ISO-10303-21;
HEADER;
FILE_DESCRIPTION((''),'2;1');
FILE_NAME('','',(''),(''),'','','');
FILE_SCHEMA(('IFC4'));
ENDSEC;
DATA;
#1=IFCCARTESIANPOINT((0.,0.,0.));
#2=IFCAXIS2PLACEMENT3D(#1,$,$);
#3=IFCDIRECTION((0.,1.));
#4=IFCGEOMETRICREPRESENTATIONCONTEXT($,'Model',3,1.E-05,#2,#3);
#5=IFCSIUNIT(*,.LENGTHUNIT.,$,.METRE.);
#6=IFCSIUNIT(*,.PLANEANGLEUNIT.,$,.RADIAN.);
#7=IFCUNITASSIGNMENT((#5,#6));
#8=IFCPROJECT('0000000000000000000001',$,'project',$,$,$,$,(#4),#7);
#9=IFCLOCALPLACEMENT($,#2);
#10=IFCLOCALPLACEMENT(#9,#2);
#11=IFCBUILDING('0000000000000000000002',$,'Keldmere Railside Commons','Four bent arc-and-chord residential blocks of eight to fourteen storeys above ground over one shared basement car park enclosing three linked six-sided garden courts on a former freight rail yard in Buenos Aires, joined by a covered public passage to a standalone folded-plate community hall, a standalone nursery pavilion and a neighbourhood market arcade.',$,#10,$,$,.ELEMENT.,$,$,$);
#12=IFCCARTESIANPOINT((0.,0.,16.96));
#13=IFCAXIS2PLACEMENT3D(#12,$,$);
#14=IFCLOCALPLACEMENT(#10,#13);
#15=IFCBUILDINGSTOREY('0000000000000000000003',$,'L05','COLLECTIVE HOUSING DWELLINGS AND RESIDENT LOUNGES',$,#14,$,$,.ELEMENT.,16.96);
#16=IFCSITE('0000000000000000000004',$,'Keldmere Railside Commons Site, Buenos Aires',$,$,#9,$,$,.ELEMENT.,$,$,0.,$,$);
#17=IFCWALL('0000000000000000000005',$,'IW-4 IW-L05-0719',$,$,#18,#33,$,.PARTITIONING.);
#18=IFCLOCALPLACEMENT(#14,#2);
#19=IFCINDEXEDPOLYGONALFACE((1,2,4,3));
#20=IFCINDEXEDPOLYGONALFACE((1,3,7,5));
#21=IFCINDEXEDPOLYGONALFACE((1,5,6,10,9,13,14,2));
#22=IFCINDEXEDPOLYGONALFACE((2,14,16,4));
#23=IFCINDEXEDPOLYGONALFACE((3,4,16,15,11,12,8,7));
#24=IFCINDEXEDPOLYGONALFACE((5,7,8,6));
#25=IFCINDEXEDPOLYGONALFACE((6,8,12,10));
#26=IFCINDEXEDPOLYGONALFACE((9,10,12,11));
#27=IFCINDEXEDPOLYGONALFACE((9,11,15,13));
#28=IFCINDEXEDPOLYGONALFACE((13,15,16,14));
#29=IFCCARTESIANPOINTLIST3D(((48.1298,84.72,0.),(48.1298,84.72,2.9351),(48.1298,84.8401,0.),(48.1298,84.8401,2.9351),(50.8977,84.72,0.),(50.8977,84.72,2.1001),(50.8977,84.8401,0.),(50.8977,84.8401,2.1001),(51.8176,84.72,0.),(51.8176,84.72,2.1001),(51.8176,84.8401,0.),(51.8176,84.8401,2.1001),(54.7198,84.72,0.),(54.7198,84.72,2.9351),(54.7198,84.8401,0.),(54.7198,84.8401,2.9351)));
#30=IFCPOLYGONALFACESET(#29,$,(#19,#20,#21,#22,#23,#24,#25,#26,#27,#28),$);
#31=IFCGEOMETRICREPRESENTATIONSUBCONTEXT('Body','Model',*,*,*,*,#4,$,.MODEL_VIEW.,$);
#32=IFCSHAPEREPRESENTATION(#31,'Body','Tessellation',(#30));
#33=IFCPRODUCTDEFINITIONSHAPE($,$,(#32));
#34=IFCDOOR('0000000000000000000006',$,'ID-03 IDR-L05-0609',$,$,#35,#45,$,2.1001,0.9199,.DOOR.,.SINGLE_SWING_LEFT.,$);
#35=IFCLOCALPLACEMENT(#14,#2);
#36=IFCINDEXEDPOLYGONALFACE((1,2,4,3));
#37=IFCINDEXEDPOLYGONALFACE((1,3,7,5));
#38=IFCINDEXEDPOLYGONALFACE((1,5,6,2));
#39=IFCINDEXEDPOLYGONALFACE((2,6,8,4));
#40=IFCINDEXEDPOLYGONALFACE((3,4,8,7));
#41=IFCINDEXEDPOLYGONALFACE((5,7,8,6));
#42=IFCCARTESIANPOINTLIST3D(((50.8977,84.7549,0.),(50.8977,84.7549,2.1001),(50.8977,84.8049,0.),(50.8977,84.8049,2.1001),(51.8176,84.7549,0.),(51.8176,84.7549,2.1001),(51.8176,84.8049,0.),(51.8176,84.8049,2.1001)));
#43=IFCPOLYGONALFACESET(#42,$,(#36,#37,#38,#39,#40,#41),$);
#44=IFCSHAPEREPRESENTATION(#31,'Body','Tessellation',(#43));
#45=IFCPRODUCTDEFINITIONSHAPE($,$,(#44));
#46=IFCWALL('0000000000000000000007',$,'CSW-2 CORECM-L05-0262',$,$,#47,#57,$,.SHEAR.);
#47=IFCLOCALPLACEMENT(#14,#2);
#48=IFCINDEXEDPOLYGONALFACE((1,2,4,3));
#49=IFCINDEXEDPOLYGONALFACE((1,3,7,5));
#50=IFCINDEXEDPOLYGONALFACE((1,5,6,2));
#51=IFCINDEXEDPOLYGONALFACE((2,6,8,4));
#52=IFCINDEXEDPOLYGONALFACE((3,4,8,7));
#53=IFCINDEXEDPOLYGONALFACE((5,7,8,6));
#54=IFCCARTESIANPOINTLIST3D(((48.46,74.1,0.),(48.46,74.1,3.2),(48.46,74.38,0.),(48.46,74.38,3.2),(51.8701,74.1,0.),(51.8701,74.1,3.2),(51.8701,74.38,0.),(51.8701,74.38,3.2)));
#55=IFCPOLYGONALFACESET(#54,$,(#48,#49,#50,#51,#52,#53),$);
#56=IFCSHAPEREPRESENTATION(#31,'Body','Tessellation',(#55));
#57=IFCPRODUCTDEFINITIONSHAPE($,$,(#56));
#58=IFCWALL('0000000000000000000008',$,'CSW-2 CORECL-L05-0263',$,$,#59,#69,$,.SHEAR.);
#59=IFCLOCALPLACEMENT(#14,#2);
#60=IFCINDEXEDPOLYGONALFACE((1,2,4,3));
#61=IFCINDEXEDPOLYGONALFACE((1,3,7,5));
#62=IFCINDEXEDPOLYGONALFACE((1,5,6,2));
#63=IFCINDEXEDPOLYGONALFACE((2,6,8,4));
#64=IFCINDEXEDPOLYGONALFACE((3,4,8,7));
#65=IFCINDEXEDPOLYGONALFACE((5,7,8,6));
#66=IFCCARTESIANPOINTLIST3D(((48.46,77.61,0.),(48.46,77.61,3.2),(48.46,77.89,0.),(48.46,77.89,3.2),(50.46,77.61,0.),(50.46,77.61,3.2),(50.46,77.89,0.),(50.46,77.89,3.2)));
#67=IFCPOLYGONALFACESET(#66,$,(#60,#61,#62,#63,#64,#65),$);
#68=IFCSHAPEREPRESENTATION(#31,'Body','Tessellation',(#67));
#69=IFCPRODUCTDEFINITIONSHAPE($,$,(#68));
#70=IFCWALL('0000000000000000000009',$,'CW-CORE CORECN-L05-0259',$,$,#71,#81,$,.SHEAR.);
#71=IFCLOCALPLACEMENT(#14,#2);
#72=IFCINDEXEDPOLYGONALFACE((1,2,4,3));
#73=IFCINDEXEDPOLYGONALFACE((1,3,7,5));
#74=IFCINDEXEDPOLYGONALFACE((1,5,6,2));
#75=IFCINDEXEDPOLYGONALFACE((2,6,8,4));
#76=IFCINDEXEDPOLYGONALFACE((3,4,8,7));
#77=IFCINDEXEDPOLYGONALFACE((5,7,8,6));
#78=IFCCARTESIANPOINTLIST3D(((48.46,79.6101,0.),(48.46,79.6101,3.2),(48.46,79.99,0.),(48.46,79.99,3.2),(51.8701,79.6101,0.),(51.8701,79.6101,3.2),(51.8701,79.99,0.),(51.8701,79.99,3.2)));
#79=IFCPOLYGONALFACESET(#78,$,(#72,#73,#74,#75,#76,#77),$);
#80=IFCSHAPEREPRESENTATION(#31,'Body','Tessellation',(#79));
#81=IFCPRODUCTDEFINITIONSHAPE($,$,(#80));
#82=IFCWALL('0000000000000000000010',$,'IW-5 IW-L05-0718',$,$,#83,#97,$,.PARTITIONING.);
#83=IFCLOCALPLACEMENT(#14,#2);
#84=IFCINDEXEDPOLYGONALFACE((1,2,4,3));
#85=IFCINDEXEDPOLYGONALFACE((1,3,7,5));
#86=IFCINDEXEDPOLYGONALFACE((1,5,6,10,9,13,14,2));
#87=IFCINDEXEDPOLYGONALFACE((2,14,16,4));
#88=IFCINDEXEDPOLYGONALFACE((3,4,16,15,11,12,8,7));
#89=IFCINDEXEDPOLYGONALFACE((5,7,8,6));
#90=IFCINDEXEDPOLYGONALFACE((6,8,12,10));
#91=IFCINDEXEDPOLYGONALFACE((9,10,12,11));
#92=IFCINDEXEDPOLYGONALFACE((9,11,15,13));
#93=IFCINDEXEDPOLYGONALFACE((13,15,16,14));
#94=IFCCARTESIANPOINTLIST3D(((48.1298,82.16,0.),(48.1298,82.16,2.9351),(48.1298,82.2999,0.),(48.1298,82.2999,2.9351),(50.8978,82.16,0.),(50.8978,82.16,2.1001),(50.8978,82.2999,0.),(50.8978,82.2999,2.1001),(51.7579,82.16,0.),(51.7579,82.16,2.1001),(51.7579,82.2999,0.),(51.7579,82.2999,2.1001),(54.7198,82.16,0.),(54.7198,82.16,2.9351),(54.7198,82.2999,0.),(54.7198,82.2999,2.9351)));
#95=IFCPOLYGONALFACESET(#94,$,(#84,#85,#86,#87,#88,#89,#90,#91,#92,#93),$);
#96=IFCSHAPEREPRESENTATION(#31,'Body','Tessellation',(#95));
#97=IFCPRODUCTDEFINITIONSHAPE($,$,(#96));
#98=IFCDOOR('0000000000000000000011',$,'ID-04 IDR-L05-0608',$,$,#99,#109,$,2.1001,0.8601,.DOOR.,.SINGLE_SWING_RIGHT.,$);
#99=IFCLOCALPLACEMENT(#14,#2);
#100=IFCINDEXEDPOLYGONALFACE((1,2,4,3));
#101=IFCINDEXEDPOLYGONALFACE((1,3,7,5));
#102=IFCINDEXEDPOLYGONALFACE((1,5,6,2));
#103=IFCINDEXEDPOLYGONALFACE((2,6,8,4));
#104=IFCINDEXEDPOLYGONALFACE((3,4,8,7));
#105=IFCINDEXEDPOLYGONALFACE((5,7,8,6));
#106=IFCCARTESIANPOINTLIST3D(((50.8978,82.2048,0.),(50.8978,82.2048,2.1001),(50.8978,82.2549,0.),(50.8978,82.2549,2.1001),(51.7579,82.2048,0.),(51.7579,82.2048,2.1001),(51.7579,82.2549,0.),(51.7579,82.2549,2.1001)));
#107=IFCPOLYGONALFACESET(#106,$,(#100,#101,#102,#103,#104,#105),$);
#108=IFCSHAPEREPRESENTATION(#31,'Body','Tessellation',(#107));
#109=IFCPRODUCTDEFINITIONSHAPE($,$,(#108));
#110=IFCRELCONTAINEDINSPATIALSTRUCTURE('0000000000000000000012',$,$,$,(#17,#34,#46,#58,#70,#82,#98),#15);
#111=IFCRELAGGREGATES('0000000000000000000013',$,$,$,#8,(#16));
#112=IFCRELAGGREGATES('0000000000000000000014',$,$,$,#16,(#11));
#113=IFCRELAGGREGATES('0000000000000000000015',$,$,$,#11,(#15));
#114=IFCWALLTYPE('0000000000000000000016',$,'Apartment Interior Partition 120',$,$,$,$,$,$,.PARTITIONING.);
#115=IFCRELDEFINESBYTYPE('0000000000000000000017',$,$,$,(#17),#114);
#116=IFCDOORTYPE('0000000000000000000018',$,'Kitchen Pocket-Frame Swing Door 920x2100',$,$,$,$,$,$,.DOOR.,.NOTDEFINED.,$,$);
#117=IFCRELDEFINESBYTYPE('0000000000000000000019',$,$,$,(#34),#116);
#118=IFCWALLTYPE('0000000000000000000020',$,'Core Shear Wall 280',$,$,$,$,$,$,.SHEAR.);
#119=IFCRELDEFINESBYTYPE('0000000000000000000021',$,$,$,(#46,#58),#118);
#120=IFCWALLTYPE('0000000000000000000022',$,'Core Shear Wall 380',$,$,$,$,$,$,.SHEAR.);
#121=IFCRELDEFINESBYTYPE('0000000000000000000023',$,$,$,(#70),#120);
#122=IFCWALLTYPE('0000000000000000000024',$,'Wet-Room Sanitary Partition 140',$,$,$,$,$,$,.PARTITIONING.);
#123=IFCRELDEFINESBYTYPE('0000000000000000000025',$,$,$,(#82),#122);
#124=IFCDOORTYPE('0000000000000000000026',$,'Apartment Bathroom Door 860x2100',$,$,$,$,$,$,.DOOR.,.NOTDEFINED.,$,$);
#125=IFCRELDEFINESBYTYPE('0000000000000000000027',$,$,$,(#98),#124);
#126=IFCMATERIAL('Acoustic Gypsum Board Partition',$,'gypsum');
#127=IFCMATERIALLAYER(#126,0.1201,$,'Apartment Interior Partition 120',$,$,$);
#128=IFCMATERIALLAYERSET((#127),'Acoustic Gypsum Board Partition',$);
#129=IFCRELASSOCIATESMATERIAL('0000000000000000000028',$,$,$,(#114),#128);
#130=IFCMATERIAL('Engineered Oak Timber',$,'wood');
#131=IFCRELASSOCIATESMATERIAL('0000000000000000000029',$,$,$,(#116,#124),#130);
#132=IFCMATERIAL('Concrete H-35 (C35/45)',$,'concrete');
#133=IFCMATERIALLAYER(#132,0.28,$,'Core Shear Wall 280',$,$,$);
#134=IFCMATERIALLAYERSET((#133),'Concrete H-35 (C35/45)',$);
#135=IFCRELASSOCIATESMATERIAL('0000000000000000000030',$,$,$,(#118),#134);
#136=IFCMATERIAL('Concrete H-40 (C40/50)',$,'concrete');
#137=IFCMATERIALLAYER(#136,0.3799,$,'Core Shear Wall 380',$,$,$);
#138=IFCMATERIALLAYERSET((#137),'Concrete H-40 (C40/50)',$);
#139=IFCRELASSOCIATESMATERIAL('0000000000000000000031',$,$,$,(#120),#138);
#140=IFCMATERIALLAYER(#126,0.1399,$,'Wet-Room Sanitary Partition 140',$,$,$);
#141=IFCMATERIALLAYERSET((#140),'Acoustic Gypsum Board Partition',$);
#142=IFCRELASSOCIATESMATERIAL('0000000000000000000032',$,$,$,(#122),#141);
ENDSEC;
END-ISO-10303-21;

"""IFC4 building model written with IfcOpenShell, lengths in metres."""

from ifc_helpers import new_model, si_unit, direction, frame, frame_2d, origin, place, context, subcontext, project, spatial, rectangle, extrude, material, layer, layer_set, type_object, element, fill, save


model = new_model("IFC4")

# Units and contexts
model_context = context("Model", 3, precision=1e-05, world=origin(), true_north=direction((0.0, 1.0)))
body_context = subcontext(model_context, "Body", "Model", "MODEL_VIEW")
ifc_project = project(units=[si_unit("LENGTHUNIT", "METRE"), si_unit("PLANEANGLEUNIT", "RADIAN")], contexts=[model_context])

# Site, building, storey
site_placement = place(None, origin())
site = spatial("IfcSite", under=ifc_project, at=site_placement, Name="Keldmere Railside Commons Site, Buenos Aires", CompositionType="ELEMENT", RefElevation=0.0)
building_placement = place(site_placement, origin())
building = spatial("IfcBuilding", under=site, at=building_placement, Name="Keldmere Railside Commons", Description="Four bent arc-and-chord residential blocks of eight to fourteen storeys above ground over one shared basement car park enclosing three linked six-sided garden courts on a former freight rail yard in Buenos Aires, joined by a covered public passage to a standalone folded-plate community hall, a standalone nursery pavilion and a neighbourhood market arcade.", CompositionType="ELEMENT")
storey_placement = place(building_placement, frame((0.0, 0.0, 16.96)))
storey = spatial("IfcBuildingStorey", under=building, at=storey_placement, Name="L05", Description="COLLECTIVE HOUSING DWELLINGS AND RESIDENT LOUNGES", CompositionType="ELEMENT", Elevation=16.96)

# Wall, opening, door
ifc_material_1 = material(Name="Acoustic Gypsum Board Partition", Category="gypsum")
ifc_layer_1 = layer(ifc_material_1, 0.1201, Name="Apartment Interior Partition 120")
ifc_layer_set_1 = layer_set([ifc_layer_1], Name="Acoustic Gypsum Board Partition")
wall_type_1 = type_object("IfcWallType", Name="Apartment Interior Partition 120", PredefinedType="PARTITIONING", material=ifc_layer_set_1)
wall_1_placement = place(storey_placement, frame((48.1299, 84.78, 0.0), z_axis=(0.0, 0.0, 1.0), x_axis=(1.0, 0.0, 0.0)))
wall_1 = element("IfcWall", 1, at=wall_1_placement, inside=storey, type_object=wall_type_1, Name="IW-4 IW-L05-0719", PredefinedType="PARTITIONING", context=body_context, shape_type="SweptSolid", body=[
    extrude(rectangle(XDim=6.5901, YDim=0.1201, at=frame_2d((3.2949, 0.0))), origin(), (0.0, 0.0, 1.0), 2.9351),
])
opening_1_placement = place(wall_1_placement, frame((2.7678, 0.0, 0.0)))
opening_1 = element("IfcOpeningElement", 2, at=opening_1_placement, cuts=wall_1, PredefinedType="OPENING", context=body_context, shape_type="SweptSolid", body=[
    extrude(rectangle(XDim=0.9199, YDim=2.1001, at=frame_2d((0.46, 1.05))), frame((0.0, 0.0701, 0.0), z_axis=(0.0, -1.0, 0.0), x_axis=(1.0, 0.0, 0.0)), (0.0, 0.0, 1.0), 0.1401),
])
ifc_material_2 = material(Name="Engineered Oak Timber", Category="wood")
door_type_1 = type_object("IfcDoorType", Name="Kitchen Pocket-Frame Swing Door 920x2100", OperationType="NOTDEFINED", PredefinedType="DOOR", material=ifc_material_2)
door_1_placement = place(opening_1_placement, origin())
door_1 = element("IfcDoor", 3, at=door_1_placement, inside=storey, type_object=door_type_1, Name="ID-03 IDR-L05-0609", OperationType="SINGLE_SWING_LEFT", OverallHeight=2.1001, OverallWidth=0.9199, PredefinedType="DOOR", context=body_context, shape_type="SweptSolid", body=[
    extrude(rectangle(XDim=0.9199, YDim=2.1001, at=frame_2d((0.46, 1.05))), frame((0.0, 0.0249, 0.0), z_axis=(0.0, -1.0, 0.0), x_axis=(1.0, 0.0, 0.0)), (0.0, 0.0, 1.0), 0.05),
])
fill(opening_1, door_1)

# Walls
ifc_material_3 = material(Name="Concrete H-35 (C35/45)", Category="concrete")
ifc_layer_2 = layer(ifc_material_3, 0.28, Name="Core Shear Wall 280")
ifc_layer_set_2 = layer_set([ifc_layer_2], Name="Concrete H-35 (C35/45)")
wall_type_2 = type_object("IfcWallType", Name="Core Shear Wall 280", PredefinedType="SHEAR", material=ifc_layer_set_2)
wall_2_placement = place(storey_placement, frame((48.46, 74.24, 0.0), z_axis=(0.0, 0.0, 1.0), x_axis=(1.0, 0.0, 0.0)))
element("IfcWall", 4, at=wall_2_placement, inside=storey, type_object=wall_type_2, Name="CSW-2 CORECM-L05-0262", PredefinedType="SHEAR", context=body_context, shape_type="SweptSolid", body=[
    extrude(rectangle(XDim=3.4102, YDim=0.28, at=frame_2d((1.7051, 0.0))), origin(), (0.0, 0.0, 1.0), 3.2),
])
wall_3_placement = place(storey_placement, frame((48.46, 77.75, 0.0), z_axis=(0.0, 0.0, 1.0), x_axis=(1.0, 0.0, 0.0)))
element("IfcWall", 5, at=wall_3_placement, inside=storey, type_object=wall_type_2, Name="CSW-2 CORECL-L05-0263", PredefinedType="SHEAR", context=body_context, shape_type="SweptSolid", body=[
    extrude(rectangle(XDim=2.0, YDim=0.28, at=frame_2d((1.0, 0.0))), origin(), (0.0, 0.0, 1.0), 3.2),
])

# Wall
ifc_material_4 = material(Name="Concrete H-40 (C40/50)", Category="concrete")
ifc_layer_3 = layer(ifc_material_4, 0.3799, Name="Core Shear Wall 380")
ifc_layer_set_3 = layer_set([ifc_layer_3], Name="Concrete H-40 (C40/50)")
wall_type_3 = type_object("IfcWallType", Name="Core Shear Wall 380", PredefinedType="SHEAR", material=ifc_layer_set_3)
wall_4_placement = place(storey_placement, frame((48.46, 79.8, 0.0), z_axis=(0.0, 0.0, 1.0), x_axis=(1.0, 0.0, 0.0)))
element("IfcWall", 6, at=wall_4_placement, inside=storey, type_object=wall_type_3, Name="CW-CORE CORECN-L05-0259", PredefinedType="SHEAR", context=body_context, shape_type="SweptSolid", body=[
    extrude(rectangle(XDim=3.4102, YDim=0.3799, at=frame_2d((1.7051, 0.0))), origin(), (0.0, 0.0, 1.0), 3.2),
])

# Wall, opening, door
ifc_layer_4 = layer(ifc_material_1, 0.1399, Name="Wet-Room Sanitary Partition 140")
ifc_layer_set_4 = layer_set([ifc_layer_4], Name="Acoustic Gypsum Board Partition")
wall_type_4 = type_object("IfcWallType", Name="Wet-Room Sanitary Partition 140", PredefinedType="PARTITIONING", material=ifc_layer_set_4)
wall_5_placement = place(storey_placement, frame((48.1299, 82.23, 0.0), z_axis=(0.0, 0.0, 1.0), x_axis=(1.0, 0.0, 0.0)))
wall_5 = element("IfcWall", 7, at=wall_5_placement, inside=storey, type_object=wall_type_4, Name="IW-5 IW-L05-0718", PredefinedType="PARTITIONING", context=body_context, shape_type="SweptSolid", body=[
    extrude(rectangle(XDim=6.5901, YDim=0.1399, at=frame_2d((3.2949, 0.0))), origin(), (0.0, 0.0, 1.0), 2.9351),
])
opening_2_placement = place(wall_5_placement, frame((2.7678, 0.0, 0.0)))
opening_2 = element("IfcOpeningElement", 8, at=opening_2_placement, cuts=wall_5, PredefinedType="OPENING", context=body_context, shape_type="SweptSolid", body=[
    extrude(rectangle(XDim=0.8601, YDim=2.1001, at=frame_2d((0.4302, 1.05))), frame((0.0, 0.0798, 0.0), z_axis=(0.0, -1.0, 0.0), x_axis=(1.0, 0.0, 0.0)), (0.0, 0.0, 1.0), 0.1599),
])
door_type_2 = type_object("IfcDoorType", Name="Apartment Bathroom Door 860x2100", OperationType="NOTDEFINED", PredefinedType="DOOR", material=ifc_material_2)
door_2_placement = place(opening_2_placement, origin())
door_2 = element("IfcDoor", 9, at=door_2_placement, inside=storey, type_object=door_type_2, Name="ID-04 IDR-L05-0608", OperationType="SINGLE_SWING_RIGHT", OverallHeight=2.1001, OverallWidth=0.8601, PredefinedType="DOOR", context=body_context, shape_type="SweptSolid", body=[
    extrude(rectangle(XDim=0.8601, YDim=2.1001, at=frame_2d((0.4302, 1.05))), frame((0.0, 0.0249, 0.0), z_axis=(0.0, -1.0, 0.0), x_axis=(1.0, 0.0, 0.0)), (0.0, 0.0, 1.0), 0.05),
])
fill(opening_2, door_2)

save(model, "model.ifc")
